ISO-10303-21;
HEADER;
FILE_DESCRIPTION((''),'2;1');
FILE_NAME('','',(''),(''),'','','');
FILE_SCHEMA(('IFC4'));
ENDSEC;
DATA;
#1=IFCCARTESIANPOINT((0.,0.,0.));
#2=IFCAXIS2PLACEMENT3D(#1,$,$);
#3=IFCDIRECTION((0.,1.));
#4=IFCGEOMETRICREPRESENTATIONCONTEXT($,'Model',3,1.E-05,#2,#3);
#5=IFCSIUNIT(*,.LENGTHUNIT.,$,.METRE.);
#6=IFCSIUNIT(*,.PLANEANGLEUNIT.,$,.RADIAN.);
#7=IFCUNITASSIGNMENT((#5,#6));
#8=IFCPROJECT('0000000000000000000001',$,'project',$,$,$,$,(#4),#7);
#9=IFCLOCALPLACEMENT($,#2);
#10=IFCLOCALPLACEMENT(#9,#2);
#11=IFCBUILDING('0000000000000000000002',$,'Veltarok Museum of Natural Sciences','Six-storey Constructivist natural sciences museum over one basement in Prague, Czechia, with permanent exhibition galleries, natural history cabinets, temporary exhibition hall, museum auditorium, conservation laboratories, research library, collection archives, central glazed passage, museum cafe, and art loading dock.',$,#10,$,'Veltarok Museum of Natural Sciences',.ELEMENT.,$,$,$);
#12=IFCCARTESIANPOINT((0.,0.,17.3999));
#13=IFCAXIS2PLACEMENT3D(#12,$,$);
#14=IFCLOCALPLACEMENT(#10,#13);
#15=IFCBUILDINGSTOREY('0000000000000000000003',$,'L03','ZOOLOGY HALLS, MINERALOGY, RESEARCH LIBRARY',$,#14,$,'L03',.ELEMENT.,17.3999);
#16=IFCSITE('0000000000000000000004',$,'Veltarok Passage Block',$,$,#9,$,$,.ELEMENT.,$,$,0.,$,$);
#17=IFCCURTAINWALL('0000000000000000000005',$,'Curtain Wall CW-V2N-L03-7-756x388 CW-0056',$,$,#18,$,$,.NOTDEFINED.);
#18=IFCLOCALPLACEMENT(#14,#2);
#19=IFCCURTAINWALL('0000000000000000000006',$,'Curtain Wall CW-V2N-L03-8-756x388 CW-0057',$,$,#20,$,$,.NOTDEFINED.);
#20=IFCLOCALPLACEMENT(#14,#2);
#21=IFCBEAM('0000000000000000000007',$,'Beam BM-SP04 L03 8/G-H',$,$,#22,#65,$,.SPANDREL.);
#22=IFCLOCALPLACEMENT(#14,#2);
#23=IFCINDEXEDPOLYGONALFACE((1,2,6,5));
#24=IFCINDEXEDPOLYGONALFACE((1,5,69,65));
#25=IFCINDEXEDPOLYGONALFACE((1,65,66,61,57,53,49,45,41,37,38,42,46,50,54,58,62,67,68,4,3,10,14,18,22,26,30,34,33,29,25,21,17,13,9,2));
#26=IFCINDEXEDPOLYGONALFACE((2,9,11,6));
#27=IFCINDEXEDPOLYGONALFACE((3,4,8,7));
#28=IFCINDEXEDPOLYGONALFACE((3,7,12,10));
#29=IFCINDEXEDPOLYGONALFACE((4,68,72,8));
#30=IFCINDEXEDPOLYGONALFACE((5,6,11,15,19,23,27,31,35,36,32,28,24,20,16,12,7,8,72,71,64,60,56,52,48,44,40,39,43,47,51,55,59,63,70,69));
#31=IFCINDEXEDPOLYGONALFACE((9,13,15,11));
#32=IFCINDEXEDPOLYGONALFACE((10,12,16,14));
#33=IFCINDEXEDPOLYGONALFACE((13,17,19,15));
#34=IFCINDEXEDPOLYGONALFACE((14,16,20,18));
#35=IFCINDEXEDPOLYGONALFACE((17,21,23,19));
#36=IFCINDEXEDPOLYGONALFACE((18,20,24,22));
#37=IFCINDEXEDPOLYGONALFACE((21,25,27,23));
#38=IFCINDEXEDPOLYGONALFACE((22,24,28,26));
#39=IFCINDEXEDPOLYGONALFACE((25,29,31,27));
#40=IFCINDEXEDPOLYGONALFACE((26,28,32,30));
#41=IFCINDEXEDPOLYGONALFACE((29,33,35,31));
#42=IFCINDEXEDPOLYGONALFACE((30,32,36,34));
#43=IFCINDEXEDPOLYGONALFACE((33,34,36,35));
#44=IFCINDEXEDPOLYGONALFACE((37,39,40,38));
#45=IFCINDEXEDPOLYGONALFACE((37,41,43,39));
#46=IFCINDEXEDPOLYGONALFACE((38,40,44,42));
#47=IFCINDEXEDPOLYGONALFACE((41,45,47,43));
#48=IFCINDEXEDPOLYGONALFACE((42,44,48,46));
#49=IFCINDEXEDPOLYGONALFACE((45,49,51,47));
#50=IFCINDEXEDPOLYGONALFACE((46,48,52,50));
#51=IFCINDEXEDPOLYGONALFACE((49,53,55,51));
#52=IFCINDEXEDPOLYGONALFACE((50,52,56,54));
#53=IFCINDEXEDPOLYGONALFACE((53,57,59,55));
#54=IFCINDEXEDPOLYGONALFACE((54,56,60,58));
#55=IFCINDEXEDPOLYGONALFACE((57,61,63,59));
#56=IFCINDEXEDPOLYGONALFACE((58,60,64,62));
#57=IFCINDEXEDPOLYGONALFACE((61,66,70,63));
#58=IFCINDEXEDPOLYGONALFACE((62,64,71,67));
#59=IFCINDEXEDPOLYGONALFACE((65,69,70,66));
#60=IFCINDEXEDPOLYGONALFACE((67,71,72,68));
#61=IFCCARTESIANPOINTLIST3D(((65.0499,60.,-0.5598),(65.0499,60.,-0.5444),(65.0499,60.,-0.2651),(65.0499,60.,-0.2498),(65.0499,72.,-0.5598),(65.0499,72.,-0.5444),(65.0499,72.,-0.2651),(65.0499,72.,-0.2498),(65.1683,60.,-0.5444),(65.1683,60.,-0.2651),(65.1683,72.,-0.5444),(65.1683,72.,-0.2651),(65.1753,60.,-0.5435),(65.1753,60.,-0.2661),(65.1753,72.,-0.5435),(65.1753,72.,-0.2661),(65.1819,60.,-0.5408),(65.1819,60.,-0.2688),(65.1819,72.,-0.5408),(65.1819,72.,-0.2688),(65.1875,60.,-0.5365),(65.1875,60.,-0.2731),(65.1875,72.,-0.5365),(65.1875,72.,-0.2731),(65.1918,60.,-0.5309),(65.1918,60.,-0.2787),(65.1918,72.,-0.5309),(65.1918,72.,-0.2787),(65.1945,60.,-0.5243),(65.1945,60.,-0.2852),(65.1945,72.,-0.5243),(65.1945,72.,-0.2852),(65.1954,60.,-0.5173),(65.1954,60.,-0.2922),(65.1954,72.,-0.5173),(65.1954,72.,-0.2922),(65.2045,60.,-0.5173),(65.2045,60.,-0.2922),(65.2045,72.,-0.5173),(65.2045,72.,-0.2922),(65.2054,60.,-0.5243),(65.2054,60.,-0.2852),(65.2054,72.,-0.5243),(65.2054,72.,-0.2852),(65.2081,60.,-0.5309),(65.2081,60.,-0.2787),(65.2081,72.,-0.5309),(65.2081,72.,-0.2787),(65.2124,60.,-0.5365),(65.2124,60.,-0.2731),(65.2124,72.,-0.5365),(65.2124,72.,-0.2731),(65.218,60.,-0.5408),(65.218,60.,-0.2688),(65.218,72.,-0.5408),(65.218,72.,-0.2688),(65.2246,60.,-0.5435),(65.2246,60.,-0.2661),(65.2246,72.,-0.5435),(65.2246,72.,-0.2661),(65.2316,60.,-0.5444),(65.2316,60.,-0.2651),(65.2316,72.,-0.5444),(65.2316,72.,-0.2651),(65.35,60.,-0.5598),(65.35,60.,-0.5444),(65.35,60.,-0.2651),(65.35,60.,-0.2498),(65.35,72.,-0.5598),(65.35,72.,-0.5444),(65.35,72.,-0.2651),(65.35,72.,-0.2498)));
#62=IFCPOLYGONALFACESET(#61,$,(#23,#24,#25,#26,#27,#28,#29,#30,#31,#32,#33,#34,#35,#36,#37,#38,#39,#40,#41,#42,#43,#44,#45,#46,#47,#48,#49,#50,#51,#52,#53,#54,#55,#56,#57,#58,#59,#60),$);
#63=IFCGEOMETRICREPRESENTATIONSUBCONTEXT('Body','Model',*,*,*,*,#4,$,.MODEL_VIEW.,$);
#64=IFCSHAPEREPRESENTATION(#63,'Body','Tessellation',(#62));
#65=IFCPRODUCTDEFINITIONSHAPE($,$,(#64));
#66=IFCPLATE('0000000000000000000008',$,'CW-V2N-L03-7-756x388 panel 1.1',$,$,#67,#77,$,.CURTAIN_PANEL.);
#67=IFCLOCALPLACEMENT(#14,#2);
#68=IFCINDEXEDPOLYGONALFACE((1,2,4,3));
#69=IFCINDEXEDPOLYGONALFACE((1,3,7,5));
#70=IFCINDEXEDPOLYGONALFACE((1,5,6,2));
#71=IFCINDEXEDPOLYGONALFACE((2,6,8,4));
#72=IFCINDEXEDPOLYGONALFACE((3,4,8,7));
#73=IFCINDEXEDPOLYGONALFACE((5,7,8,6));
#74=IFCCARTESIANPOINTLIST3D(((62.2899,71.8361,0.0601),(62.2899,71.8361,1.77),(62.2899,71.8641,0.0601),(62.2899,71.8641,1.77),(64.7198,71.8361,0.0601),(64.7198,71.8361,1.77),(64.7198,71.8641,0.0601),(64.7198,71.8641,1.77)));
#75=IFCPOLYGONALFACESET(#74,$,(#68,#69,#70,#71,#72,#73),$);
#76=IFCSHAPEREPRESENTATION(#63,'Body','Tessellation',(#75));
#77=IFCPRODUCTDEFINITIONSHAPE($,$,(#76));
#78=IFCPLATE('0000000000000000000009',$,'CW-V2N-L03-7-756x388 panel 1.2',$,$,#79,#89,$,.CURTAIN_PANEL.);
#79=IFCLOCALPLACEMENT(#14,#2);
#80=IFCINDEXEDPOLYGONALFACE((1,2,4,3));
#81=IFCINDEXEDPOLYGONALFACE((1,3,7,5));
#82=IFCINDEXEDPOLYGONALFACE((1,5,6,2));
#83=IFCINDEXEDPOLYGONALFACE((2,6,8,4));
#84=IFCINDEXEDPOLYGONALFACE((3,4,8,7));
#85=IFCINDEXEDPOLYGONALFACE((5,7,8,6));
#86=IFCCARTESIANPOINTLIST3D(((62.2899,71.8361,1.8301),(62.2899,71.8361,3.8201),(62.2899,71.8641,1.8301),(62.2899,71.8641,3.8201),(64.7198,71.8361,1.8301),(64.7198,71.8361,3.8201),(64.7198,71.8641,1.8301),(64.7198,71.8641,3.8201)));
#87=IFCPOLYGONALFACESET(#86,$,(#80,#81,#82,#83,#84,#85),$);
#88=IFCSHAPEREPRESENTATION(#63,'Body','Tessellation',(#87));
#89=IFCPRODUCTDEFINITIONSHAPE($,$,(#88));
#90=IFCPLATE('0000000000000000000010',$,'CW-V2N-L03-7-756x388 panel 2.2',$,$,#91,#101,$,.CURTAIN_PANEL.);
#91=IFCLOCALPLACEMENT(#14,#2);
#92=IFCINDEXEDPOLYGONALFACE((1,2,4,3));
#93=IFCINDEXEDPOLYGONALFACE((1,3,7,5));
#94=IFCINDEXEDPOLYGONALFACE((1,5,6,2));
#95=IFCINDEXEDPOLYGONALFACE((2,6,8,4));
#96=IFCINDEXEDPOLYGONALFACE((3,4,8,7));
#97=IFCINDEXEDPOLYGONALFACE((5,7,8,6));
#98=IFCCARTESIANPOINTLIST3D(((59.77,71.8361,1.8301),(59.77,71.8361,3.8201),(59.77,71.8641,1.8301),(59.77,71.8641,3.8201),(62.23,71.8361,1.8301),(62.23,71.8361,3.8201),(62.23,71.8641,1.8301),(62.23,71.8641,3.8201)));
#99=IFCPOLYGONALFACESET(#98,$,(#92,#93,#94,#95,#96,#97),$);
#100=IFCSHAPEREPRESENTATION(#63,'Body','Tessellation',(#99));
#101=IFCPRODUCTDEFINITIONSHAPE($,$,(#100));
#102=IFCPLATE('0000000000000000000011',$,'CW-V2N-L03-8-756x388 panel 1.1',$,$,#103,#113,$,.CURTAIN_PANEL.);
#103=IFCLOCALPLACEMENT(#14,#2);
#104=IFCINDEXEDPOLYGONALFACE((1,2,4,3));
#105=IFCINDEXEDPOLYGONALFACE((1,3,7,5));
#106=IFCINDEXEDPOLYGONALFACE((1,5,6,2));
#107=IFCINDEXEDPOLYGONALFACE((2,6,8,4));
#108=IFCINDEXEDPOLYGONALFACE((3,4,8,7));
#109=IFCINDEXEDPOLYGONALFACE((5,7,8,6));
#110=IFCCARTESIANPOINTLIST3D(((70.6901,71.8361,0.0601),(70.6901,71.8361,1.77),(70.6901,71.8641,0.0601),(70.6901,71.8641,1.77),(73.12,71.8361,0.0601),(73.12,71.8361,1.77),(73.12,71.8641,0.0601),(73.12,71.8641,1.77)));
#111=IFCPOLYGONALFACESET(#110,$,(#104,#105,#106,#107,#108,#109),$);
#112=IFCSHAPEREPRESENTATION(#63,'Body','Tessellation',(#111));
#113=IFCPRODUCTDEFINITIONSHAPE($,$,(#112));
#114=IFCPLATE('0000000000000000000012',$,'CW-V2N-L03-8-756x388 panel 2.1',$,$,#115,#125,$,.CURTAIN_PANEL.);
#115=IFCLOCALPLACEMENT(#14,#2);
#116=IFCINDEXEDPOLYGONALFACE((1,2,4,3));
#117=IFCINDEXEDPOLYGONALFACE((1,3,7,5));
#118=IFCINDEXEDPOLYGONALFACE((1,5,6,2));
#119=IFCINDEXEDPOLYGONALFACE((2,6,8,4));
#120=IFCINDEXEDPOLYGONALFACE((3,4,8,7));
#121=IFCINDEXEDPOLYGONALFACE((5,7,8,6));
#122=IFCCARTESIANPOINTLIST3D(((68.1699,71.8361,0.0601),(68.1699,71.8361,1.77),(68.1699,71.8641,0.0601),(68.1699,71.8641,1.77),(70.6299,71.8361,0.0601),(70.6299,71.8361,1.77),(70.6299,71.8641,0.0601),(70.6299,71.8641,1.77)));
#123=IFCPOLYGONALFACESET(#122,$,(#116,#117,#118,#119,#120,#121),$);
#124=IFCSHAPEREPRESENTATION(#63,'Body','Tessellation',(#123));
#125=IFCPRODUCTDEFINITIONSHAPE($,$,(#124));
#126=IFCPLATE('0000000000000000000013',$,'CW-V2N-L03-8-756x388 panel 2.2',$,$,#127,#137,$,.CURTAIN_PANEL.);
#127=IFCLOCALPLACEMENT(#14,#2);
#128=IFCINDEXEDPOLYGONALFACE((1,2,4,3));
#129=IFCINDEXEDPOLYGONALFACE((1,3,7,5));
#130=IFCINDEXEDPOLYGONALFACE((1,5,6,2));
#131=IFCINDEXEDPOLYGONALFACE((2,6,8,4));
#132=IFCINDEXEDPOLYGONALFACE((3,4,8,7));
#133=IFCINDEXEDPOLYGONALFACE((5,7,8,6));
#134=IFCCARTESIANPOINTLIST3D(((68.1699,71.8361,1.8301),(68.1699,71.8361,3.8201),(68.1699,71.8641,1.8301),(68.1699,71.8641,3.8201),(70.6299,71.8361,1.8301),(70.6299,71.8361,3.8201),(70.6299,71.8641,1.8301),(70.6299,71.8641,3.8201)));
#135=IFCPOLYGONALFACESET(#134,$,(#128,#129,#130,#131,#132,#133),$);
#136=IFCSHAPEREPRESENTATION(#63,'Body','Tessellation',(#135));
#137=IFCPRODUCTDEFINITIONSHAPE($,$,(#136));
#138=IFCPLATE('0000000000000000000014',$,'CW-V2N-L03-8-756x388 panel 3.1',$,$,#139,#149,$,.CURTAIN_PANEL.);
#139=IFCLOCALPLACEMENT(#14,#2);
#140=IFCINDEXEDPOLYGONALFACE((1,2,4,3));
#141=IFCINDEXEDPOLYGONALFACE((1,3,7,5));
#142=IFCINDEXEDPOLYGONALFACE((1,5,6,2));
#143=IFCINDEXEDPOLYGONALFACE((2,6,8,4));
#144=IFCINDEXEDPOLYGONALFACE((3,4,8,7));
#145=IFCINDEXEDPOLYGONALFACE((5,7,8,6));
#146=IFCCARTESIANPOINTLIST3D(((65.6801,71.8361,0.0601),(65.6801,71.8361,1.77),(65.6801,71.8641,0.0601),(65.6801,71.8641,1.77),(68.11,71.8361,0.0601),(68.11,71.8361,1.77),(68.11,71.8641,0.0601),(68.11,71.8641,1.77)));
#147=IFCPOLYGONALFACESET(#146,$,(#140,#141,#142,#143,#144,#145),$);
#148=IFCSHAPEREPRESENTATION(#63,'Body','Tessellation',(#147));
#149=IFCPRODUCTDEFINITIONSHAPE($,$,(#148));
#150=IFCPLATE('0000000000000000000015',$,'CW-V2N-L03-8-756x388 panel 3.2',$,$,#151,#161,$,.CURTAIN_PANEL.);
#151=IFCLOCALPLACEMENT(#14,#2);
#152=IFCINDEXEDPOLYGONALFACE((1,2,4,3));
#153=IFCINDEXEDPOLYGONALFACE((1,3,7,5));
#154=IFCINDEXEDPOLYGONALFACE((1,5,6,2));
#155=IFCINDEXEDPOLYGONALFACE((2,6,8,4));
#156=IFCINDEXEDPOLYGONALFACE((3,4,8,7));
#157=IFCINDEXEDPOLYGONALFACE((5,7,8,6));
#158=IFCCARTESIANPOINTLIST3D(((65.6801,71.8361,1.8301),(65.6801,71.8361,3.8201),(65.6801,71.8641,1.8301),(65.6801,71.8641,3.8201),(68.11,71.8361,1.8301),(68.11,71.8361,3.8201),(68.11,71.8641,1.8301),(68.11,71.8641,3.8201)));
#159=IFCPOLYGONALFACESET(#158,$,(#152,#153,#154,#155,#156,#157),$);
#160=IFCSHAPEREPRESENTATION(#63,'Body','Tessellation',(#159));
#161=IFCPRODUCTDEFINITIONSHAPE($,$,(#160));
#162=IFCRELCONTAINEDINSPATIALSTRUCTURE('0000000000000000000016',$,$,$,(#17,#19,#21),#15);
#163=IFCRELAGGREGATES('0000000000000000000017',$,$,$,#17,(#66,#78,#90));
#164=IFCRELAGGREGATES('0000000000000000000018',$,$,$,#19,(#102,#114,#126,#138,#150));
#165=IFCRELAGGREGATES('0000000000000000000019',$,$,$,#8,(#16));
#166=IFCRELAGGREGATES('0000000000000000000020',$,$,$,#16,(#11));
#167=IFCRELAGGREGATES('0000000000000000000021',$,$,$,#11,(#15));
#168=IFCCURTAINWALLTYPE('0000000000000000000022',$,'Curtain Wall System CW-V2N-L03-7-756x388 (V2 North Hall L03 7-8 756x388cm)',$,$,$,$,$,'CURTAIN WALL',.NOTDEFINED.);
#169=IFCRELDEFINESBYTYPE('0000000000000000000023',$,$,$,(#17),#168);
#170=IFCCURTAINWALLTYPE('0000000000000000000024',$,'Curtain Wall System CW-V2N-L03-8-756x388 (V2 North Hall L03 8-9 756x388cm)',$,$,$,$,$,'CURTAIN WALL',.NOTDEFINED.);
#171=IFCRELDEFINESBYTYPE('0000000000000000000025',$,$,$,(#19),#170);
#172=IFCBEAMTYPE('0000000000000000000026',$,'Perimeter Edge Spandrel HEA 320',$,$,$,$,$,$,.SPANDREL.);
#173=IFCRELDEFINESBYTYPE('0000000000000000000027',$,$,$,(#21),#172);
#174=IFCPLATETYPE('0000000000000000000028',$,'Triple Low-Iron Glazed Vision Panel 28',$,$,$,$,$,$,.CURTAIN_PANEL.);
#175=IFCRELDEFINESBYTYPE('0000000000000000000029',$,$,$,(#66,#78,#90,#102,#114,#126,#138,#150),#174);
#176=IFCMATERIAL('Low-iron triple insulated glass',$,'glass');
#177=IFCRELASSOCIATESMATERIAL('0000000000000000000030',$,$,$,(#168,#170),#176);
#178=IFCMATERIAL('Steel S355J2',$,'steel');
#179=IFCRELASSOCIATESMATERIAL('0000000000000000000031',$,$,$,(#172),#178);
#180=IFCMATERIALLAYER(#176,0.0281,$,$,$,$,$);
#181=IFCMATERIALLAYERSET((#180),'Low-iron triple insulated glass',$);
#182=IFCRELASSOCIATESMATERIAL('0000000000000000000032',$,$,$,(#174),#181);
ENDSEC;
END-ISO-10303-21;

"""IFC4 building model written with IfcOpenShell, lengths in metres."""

from ifc_helpers import new_model, si_unit, direction, frame, origin, origin_2d, place, context, subcontext, project, spatial, rectangle, i_section, extrude, material, layer, layer_set, material_profile, profile_set, type_object, element, aggregate, save


model = new_model("IFC4")

# Units and contexts
model_context = context("Model", 3, precision=1e-05, world=origin(), true_north=direction((0.0, 1.0)))
body_context = subcontext(model_context, "Body", "Model", "MODEL_VIEW")
ifc_project = project(units=[si_unit("LENGTHUNIT", "METRE"), si_unit("PLANEANGLEUNIT", "RADIAN")], contexts=[model_context])

# Site, building, storey
site_placement = place(None, origin())
site = spatial("IfcSite", under=ifc_project, at=site_placement, Name="Veltarok Passage Block", CompositionType="ELEMENT", RefElevation=0.0)
building_placement = place(site_placement, origin())
building = spatial("IfcBuilding", under=site, at=building_placement, Name="Veltarok Museum of Natural Sciences", Description="Six-storey Constructivist natural sciences museum over one basement in Prague, Czechia, with permanent exhibition galleries, natural history cabinets, temporary exhibition hall, museum auditorium, conservation laboratories, research library, collection archives, central glazed passage, museum cafe, and art loading dock.", LongName="Veltarok Museum of Natural Sciences", CompositionType="ELEMENT")
storey_placement = place(building_placement, frame((0.0, 0.0, 17.3999)))
storey = spatial("IfcBuildingStorey", under=building, at=storey_placement, Name="L03", Description="ZOOLOGY HALLS, MINERALOGY, RESEARCH LIBRARY", LongName="L03", CompositionType="ELEMENT", Elevation=17.3999)

# Shared definitions
ifc_material_1 = material(Name="Steel S355J2", Category="steel")

# Curtain walls
ifc_material_2 = material(Name="Low-iron triple insulated glass", Category="glass")
curtain_wall_type_1 = type_object("IfcCurtainWallType", Name="Curtain Wall System CW-V2N-L03-7-756x388 (V2 North Hall L03 7-8 756x388cm)", ElementType="CURTAIN WALL", PredefinedType="NOTDEFINED", material=ifc_material_2)
curtain_wall_1_placement = place(storey_placement, origin())
curtain_wall_1 = element("IfcCurtainWall", 1, at=curtain_wall_1_placement, inside=storey, type_object=curtain_wall_type_1, Name="Curtain Wall CW-V2N-L03-7-756x388 CW-0056", PredefinedType="NOTDEFINED")
curtain_wall_type_2 = type_object("IfcCurtainWallType", Name="Curtain Wall System CW-V2N-L03-8-756x388 (V2 North Hall L03 8-9 756x388cm)", ElementType="CURTAIN WALL", PredefinedType="NOTDEFINED", material=ifc_material_2)
curtain_wall_2_placement = place(storey_placement, origin())
curtain_wall_2 = element("IfcCurtainWall", 2, at=curtain_wall_2_placement, inside=storey, type_object=curtain_wall_type_2, Name="Curtain Wall CW-V2N-L03-8-756x388 CW-0057", PredefinedType="NOTDEFINED")

# Beam
ifc_material_profile_1 = material_profile(ifc_material_1, i_section(OverallWidth=0.3, OverallDepth=0.3101, WebThickness=0.009, FlangeThickness=0.0154, FilletRadius=0.0271, at=origin_2d()), Name="HEA 320")
ifc_profile_set_1 = profile_set([ifc_material_profile_1], Name="Steel S355J2")
beam_type_1 = type_object("IfcBeamType", Name="Perimeter Edge Spandrel HEA 320", PredefinedType="SPANDREL", material=ifc_profile_set_1)
beam_1_placement = place(storey_placement, frame((65.2, 60.0, -0.4048), z_axis=(0.0, 1.0, 0.0), x_axis=(-1.0, 0.0, 0.0)))
element("IfcBeam", 3, at=beam_1_placement, inside=storey, type_object=beam_type_1, Name="Beam BM-SP04 L03 8/G-H", PredefinedType="SPANDREL", context=body_context, shape_type="SweptSolid", body=[
    extrude(i_section(OverallWidth=0.3, OverallDepth=0.3101, WebThickness=0.009, FlangeThickness=0.0154, FilletRadius=0.0271, at=origin_2d()), origin(), (0.0, 0.0, 1.0), 12.0),
])

# Plates
ifc_layer = layer(ifc_material_2, 0.0281)
ifc_layer_set = layer_set([ifc_layer], Name="Low-iron triple insulated glass")
plate_type = type_object("IfcPlateType", Name="Triple Low-Iron Glazed Vision Panel 28", PredefinedType="CURTAIN_PANEL", material=ifc_layer_set)
plate_1_placement = place(storey_placement, frame((63.5049, 71.8501, 0.0601), z_axis=(0.0, 0.0, 1.0), x_axis=(-1.0, 0.0, 0.0)))
plate_1 = element("IfcPlate", 4, at=plate_1_placement, type_object=plate_type, Name="CW-V2N-L03-7-756x388 panel 1.1", PredefinedType="CURTAIN_PANEL", context=body_context, shape_type="SweptSolid", body=[
    extrude(rectangle(XDim=2.4299, YDim=0.0281, at=origin_2d()), origin(), (0.0, 0.0, 1.0), 1.71),
])
plate_2_placement = place(storey_placement, frame((63.5049, 71.8501, 1.8301), z_axis=(0.0, 0.0, 1.0), x_axis=(-1.0, 0.0, 0.0)))
plate_2 = element("IfcPlate", 5, at=plate_2_placement, type_object=plate_type, Name="CW-V2N-L03-7-756x388 panel 1.2", PredefinedType="CURTAIN_PANEL", context=body_context, shape_type="SweptSolid", body=[
    extrude(rectangle(XDim=2.4299, YDim=0.0281, at=origin_2d()), origin(), (0.0, 0.0, 1.0), 1.99),
])
plate_3_placement = place(storey_placement, frame((61.0, 71.8501, 1.8301), z_axis=(0.0, 0.0, 1.0), x_axis=(-1.0, 0.0, 0.0)))
plate_3 = element("IfcPlate", 6, at=plate_3_placement, type_object=plate_type, Name="CW-V2N-L03-7-756x388 panel 2.2", PredefinedType="CURTAIN_PANEL", context=body_context, shape_type="SweptSolid", body=[
    extrude(rectangle(XDim=2.46, YDim=0.0281, at=origin_2d()), origin(), (0.0, 0.0, 1.0), 1.99),
])
aggregate(curtain_wall_1, [plate_1, plate_2, plate_3])
plate_4_placement = place(storey_placement, frame((71.905, 71.8501, 0.0601), z_axis=(0.0, 0.0, 1.0), x_axis=(-1.0, 0.0, 0.0)))
plate_4 = element("IfcPlate", 7, at=plate_4_placement, type_object=plate_type, Name="CW-V2N-L03-8-756x388 panel 1.1", PredefinedType="CURTAIN_PANEL", context=body_context, shape_type="SweptSolid", body=[
    extrude(rectangle(XDim=2.4299, YDim=0.0281, at=origin_2d()), origin(), (0.0, 0.0, 1.0), 1.71),
])
plate_5_placement = place(storey_placement, frame((69.3999, 71.8501, 0.0601), z_axis=(0.0, 0.0, 1.0), x_axis=(-1.0, 0.0, 0.0)))
plate_5 = element("IfcPlate", 8, at=plate_5_placement, type_object=plate_type, Name="CW-V2N-L03-8-756x388 panel 2.1", PredefinedType="CURTAIN_PANEL", context=body_context, shape_type="SweptSolid", body=[
    extrude(rectangle(XDim=2.46, YDim=0.0281, at=origin_2d()), origin(), (0.0, 0.0, 1.0), 1.71),
])
plate_6_placement = place(storey_placement, frame((69.3999, 71.8501, 1.8301), z_axis=(0.0, 0.0, 1.0), x_axis=(-1.0, 0.0, 0.0)))
plate_6 = element("IfcPlate", 9, at=plate_6_placement, type_object=plate_type, Name="CW-V2N-L03-8-756x388 panel 2.2", PredefinedType="CURTAIN_PANEL", context=body_context, shape_type="SweptSolid", body=[
    extrude(rectangle(XDim=2.46, YDim=0.0281, at=origin_2d()), origin(), (0.0, 0.0, 1.0), 1.99),
])
plate_7_placement = place(storey_placement, frame((66.895, 71.8501, 0.0601), z_axis=(0.0, 0.0, 1.0), x_axis=(-1.0, 0.0, 0.0)))
plate_7 = element("IfcPlate", 10, at=plate_7_placement, type_object=plate_type, Name="CW-V2N-L03-8-756x388 panel 3.1", PredefinedType="CURTAIN_PANEL", context=body_context, shape_type="SweptSolid", body=[
    extrude(rectangle(XDim=2.4299, YDim=0.0281, at=origin_2d()), origin(), (0.0, 0.0, 1.0), 1.71),
])
plate_8_placement = place(storey_placement, frame((66.895, 71.8501, 1.8301), z_axis=(0.0, 0.0, 1.0), x_axis=(-1.0, 0.0, 0.0)))
plate_8 = element("IfcPlate", 11, at=plate_8_placement, type_object=plate_type, Name="CW-V2N-L03-8-756x388 panel 3.2", PredefinedType="CURTAIN_PANEL", context=body_context, shape_type="SweptSolid", body=[
    extrude(rectangle(XDim=2.4299, YDim=0.0281, at=origin_2d()), origin(), (0.0, 0.0, 1.0), 1.99),
])
aggregate(curtain_wall_2, [plate_4, plate_5, plate_6, plate_7, plate_8])

save(model, "model.ifc")
